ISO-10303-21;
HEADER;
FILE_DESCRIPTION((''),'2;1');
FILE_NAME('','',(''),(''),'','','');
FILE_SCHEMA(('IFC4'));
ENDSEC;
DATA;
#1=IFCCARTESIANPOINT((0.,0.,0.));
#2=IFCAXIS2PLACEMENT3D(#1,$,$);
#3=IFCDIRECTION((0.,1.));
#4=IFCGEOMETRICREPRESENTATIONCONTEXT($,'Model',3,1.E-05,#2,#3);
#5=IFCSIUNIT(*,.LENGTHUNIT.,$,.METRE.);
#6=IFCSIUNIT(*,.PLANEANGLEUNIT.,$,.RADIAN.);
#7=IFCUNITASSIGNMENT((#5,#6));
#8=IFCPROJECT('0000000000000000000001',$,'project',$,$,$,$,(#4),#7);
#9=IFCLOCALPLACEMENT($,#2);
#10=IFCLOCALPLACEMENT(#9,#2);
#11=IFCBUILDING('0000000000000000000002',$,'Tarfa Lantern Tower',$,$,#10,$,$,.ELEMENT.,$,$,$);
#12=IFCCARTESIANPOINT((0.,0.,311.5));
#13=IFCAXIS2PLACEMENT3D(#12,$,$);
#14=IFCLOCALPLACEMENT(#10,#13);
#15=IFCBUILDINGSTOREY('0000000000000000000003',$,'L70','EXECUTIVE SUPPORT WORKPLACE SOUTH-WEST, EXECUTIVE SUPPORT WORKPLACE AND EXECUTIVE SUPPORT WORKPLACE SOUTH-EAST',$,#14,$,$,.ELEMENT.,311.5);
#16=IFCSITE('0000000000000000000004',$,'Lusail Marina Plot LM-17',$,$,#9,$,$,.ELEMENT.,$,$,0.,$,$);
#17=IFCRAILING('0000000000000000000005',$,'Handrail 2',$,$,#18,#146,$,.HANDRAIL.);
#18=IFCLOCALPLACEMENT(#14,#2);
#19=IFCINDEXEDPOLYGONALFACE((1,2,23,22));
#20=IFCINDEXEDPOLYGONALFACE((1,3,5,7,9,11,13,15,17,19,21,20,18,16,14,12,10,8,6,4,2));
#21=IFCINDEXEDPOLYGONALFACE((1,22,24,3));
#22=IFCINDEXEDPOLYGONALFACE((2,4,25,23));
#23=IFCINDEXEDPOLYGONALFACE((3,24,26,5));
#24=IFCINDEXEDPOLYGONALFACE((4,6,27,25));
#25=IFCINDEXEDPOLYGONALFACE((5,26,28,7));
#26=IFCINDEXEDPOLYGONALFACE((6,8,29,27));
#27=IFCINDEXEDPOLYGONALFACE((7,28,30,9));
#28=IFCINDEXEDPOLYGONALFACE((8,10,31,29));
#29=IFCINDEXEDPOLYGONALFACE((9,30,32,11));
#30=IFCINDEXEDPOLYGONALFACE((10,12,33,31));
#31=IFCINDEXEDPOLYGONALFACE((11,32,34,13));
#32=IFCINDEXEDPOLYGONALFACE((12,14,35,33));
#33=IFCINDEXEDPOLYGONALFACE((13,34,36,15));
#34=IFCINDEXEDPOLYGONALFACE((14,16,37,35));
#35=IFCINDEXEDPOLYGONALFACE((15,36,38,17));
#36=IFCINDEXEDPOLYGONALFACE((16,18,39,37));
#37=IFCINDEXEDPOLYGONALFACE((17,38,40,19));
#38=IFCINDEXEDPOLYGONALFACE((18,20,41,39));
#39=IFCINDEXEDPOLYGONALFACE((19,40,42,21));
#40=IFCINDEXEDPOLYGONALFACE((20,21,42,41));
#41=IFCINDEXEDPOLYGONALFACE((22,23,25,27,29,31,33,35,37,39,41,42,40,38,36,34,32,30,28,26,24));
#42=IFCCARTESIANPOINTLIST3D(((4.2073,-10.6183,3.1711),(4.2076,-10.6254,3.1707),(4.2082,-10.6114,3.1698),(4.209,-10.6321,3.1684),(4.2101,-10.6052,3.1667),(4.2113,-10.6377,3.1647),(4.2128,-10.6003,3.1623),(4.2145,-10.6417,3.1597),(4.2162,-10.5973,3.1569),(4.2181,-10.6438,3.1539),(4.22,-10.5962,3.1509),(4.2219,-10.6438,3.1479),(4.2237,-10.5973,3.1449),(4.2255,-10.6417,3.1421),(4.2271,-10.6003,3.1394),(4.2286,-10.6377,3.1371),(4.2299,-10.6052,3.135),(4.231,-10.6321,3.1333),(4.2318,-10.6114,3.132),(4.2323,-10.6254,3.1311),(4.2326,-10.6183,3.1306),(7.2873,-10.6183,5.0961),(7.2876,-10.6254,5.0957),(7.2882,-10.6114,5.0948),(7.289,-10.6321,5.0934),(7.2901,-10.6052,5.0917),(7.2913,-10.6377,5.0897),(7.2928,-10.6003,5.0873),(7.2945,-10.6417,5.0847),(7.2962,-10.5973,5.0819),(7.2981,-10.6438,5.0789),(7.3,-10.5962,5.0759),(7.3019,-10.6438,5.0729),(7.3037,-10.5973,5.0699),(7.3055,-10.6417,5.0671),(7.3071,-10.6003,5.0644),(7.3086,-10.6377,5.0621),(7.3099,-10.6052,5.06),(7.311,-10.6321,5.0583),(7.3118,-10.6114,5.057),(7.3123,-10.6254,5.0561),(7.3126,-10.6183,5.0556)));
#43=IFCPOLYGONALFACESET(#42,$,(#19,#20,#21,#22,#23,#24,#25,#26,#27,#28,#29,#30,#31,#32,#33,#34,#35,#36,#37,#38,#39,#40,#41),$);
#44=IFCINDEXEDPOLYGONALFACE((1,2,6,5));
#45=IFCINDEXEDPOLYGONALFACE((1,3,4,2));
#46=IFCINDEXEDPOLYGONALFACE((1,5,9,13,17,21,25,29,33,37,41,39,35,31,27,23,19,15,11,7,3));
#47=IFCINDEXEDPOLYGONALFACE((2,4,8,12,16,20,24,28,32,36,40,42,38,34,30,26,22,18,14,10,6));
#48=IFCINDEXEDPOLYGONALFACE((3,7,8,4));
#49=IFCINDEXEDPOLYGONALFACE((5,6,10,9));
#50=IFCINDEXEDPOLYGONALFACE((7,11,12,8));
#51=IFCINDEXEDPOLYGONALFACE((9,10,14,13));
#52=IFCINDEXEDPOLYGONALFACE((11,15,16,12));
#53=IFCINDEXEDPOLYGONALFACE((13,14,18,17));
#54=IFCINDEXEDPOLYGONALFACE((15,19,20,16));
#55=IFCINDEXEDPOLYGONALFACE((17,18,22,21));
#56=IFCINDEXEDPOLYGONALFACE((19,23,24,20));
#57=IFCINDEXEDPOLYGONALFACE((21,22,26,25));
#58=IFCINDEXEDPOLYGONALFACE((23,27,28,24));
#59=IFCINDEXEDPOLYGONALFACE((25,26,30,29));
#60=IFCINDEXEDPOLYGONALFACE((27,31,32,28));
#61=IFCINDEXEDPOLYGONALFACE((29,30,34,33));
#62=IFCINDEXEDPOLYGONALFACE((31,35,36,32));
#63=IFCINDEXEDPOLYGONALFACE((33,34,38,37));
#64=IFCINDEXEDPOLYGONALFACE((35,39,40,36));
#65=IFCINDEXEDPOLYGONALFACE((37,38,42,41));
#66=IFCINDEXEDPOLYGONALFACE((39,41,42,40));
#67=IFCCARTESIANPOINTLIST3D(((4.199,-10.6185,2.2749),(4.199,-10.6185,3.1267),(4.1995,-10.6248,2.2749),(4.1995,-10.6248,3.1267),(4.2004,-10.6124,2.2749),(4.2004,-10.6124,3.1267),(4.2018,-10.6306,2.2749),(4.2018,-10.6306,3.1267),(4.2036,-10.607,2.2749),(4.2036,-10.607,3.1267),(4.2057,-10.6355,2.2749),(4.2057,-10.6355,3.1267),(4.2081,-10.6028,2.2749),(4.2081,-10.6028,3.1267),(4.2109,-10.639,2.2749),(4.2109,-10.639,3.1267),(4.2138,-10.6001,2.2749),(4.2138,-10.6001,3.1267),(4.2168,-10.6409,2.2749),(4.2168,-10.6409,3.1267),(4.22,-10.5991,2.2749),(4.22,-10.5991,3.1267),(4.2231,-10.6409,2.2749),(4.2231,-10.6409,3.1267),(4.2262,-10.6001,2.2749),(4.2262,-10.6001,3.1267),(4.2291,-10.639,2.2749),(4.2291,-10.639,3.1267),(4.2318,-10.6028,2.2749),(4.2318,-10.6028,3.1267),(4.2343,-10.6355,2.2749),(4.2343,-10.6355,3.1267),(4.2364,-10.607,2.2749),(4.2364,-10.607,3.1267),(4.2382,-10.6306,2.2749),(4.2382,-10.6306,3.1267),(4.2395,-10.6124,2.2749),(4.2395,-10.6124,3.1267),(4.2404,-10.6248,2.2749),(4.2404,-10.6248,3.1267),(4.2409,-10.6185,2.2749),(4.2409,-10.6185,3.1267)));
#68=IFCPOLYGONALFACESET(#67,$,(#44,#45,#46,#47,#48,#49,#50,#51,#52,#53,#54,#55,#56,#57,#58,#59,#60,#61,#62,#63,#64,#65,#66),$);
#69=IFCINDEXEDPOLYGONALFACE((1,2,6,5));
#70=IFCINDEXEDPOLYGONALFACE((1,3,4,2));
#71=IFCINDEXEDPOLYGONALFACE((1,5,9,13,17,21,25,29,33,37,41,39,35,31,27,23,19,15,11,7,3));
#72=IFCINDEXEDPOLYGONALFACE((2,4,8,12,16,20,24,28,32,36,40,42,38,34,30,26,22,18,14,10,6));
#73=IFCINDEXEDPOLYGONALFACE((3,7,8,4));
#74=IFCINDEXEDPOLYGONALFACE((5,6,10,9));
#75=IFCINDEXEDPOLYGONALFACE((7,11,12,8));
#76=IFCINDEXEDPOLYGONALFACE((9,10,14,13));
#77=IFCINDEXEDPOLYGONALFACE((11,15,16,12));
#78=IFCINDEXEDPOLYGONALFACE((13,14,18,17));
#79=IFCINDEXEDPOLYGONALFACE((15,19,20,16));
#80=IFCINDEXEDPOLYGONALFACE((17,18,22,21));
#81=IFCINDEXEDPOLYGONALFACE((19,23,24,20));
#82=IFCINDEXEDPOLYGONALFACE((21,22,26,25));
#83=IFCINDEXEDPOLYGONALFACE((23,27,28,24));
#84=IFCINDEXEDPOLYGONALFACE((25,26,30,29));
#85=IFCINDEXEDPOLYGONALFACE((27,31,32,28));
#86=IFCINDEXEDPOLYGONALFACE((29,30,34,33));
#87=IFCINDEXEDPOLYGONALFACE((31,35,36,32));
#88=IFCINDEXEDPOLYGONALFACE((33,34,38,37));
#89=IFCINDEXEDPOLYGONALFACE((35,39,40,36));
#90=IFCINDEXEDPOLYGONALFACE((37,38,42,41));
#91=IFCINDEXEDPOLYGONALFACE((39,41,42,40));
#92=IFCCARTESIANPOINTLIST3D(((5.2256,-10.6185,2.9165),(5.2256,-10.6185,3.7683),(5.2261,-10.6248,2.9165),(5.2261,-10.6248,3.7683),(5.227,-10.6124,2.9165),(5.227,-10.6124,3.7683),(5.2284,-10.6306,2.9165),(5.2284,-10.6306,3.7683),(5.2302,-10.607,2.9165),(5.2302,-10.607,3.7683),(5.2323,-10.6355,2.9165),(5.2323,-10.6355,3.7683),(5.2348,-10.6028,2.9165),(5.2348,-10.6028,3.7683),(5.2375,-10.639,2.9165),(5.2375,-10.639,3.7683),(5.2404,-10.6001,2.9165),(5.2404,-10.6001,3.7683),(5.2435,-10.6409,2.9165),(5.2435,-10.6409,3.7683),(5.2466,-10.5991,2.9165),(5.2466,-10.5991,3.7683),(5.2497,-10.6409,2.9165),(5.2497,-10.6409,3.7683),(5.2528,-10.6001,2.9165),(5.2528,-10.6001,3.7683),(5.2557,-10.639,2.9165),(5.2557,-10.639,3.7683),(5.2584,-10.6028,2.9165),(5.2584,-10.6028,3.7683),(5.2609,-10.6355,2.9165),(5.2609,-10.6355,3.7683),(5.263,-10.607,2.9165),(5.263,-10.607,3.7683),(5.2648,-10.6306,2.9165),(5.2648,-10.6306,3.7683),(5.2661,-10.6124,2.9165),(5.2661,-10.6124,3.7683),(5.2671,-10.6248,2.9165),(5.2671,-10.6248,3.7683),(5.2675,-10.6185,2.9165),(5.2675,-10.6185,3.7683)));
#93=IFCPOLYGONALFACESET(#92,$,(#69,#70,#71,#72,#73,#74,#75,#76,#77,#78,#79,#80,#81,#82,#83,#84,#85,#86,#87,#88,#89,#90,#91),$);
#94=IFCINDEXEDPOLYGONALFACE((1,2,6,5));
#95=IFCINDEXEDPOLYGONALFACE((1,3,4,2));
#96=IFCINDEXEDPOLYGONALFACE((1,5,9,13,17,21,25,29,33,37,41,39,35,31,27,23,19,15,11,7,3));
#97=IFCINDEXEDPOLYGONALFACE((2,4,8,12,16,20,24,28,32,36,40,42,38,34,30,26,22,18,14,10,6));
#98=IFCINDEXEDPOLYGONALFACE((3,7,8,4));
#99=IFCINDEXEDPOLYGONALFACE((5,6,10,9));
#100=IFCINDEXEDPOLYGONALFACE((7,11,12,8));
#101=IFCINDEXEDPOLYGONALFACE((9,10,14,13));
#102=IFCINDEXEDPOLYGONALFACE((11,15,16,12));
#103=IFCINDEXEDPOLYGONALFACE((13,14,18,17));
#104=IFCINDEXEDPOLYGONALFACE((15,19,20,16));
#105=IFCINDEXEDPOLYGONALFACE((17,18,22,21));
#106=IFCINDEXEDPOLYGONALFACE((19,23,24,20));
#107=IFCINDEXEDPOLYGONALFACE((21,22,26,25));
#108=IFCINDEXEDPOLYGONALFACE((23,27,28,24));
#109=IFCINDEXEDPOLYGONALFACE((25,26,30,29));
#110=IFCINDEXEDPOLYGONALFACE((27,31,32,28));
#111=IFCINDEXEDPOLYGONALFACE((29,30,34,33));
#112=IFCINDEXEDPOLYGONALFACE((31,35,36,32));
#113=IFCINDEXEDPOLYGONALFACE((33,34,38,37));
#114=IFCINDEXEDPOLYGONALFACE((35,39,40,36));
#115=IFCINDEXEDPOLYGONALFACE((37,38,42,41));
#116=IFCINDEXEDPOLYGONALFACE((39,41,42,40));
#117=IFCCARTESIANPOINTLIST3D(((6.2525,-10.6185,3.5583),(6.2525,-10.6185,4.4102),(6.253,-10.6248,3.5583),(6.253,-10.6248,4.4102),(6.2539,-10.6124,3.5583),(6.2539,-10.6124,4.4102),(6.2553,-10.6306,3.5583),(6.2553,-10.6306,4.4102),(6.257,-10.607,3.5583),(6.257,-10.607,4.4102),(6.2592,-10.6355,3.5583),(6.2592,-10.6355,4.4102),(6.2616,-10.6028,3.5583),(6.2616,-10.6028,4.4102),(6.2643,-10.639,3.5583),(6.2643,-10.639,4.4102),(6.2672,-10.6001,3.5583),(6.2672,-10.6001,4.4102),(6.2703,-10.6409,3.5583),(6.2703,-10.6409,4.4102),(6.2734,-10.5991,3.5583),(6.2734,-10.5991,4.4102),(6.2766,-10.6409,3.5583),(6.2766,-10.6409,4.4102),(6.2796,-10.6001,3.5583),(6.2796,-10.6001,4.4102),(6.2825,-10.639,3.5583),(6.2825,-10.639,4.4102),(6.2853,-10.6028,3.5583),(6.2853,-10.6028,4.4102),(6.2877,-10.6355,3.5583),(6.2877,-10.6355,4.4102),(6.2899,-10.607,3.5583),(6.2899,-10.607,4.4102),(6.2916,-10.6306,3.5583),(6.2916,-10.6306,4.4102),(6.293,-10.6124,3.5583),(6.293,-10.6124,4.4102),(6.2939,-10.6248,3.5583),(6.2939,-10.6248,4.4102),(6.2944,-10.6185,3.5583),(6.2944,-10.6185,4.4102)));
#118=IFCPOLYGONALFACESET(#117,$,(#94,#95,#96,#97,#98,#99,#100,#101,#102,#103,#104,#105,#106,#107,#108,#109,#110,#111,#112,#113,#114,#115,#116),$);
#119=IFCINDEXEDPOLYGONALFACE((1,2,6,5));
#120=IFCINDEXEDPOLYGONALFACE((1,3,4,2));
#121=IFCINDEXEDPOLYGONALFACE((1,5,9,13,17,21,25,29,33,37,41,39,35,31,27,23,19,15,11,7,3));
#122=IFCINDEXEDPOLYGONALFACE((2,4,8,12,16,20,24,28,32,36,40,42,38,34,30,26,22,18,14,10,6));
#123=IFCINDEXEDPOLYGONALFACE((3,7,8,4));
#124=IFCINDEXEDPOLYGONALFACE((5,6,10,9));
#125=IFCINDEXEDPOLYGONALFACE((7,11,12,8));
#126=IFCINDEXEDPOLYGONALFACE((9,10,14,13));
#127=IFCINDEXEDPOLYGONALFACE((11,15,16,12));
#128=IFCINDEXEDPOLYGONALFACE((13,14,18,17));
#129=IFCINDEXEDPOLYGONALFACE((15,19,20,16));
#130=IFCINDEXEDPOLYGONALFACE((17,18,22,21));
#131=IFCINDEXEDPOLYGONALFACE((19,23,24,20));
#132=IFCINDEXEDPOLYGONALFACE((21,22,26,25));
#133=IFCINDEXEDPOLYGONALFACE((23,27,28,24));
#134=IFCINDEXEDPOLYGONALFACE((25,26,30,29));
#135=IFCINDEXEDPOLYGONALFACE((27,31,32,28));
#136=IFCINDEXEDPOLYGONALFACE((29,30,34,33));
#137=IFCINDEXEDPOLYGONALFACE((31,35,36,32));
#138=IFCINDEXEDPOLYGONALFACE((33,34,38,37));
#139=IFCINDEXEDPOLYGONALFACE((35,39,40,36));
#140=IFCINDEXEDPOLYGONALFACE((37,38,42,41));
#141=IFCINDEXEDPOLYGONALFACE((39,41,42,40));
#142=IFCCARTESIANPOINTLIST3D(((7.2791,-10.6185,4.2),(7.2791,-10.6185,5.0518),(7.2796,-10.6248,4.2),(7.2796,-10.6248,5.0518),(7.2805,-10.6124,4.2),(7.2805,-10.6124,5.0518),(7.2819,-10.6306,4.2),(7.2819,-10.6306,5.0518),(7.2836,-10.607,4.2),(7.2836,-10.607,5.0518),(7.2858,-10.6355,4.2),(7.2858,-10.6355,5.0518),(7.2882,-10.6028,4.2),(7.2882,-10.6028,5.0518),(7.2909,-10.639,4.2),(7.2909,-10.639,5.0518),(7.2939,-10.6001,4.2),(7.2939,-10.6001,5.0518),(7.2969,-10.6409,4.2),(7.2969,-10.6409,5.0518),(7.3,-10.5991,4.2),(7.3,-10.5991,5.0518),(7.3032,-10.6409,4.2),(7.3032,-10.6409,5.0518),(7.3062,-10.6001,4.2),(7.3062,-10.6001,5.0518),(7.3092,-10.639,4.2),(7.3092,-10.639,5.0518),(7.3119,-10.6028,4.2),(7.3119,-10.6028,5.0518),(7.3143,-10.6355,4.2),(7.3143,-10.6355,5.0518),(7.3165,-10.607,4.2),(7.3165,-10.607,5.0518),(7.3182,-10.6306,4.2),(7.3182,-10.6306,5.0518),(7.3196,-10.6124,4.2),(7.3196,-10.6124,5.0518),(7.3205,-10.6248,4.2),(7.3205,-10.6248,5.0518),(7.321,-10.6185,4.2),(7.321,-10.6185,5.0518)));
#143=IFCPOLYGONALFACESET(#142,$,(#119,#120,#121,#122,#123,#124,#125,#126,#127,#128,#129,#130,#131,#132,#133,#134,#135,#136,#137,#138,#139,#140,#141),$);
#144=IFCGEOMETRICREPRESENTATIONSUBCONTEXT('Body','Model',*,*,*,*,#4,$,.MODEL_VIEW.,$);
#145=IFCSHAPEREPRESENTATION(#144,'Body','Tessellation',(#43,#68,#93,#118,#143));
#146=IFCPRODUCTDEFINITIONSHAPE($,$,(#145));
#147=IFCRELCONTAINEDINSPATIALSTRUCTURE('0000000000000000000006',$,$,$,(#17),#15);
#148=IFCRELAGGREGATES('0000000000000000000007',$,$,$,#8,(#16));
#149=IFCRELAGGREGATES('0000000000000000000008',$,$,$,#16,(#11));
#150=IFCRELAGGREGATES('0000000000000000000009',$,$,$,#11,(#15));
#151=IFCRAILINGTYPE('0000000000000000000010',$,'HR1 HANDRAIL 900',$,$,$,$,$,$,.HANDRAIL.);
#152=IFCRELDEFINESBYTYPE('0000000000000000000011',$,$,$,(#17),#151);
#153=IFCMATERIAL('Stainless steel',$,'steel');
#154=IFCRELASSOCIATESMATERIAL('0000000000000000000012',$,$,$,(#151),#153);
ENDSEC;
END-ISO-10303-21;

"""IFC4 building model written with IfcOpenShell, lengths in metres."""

from ifc_helpers import new_model, si_unit, direction, frame, origin, origin_2d, place, context, subcontext, project, spatial, circle, extrude, material, type_object, element, save


model = new_model("IFC4")

# Units and contexts
model_context = context("Model", 3, precision=1e-05, world=origin(), true_north=direction((0.0, 1.0)))
body_context = subcontext(model_context, "Body", "Model", "MODEL_VIEW")
ifc_project = project(units=[si_unit("LENGTHUNIT", "METRE"), si_unit("PLANEANGLEUNIT", "RADIAN")], contexts=[model_context])

# Site, building, storey
site_placement = place(None, origin())
site = spatial("IfcSite", under=ifc_project, at=site_placement, Name="Lusail Marina Plot LM-17", CompositionType="ELEMENT", RefElevation=0.0)
building_placement = place(site_placement, origin())
building = spatial("IfcBuilding", under=site, at=building_placement, Name="Tarfa Lantern Tower", CompositionType="ELEMENT")
storey_placement = place(building_placement, frame((0.0, 0.0, 311.5)))
storey = spatial("IfcBuildingStorey", under=building, at=storey_placement, Name="L70", Description="EXECUTIVE SUPPORT WORKPLACE SOUTH-WEST, EXECUTIVE SUPPORT WORKPLACE AND EXECUTIVE SUPPORT WORKPLACE SOUTH-EAST", CompositionType="ELEMENT", Elevation=311.5)

# Railing
ifc_material_1 = material(Name="Stainless steel", Category="steel")
railing_type = type_object("IfcRailingType", Name="HR1 HANDRAIL 900", PredefinedType="HANDRAIL", material=ifc_material_1)
railing_1_placement = place(storey_placement, frame((4.22, -10.6201, 2.2749)))
element("IfcRailing", 1, at=railing_1_placement, inside=storey, type_object=railing_type, Name="Handrail 2", PredefinedType="HANDRAIL", context=body_context, shape_type="SweptSolid", body=[
    extrude(circle(Radius=0.0239, at=origin_2d()), frame((0.0, 0.0, 0.876), z_axis=(0.847998, 0.0, 0.529999), x_axis=(0.0, 1.0, 0.0)), (0.0, 0.0, 1.0), 3.6321),
    extrude(circle(Radius=0.021, at=origin_2d()), frame((0.0, 0.0, 0.0), z_axis=(0.0, 0.0, 1.0), x_axis=(0.0, 1.0, 0.0)), (0.0, 0.0, 1.0), 0.8518),
    extrude(circle(Radius=0.021, at=origin_2d()), frame((1.0266, 0.0, 0.6416), z_axis=(0.0, 0.0, 1.0), x_axis=(0.0, 1.0, 0.0)), (0.0, 0.0, 1.0), 0.8518),
    extrude(circle(Radius=0.021, at=origin_2d()), frame((2.0535, 0.0, 1.2834), z_axis=(0.0, 0.0, 1.0), x_axis=(0.0, 1.0, 0.0)), (0.0, 0.0, 1.0), 0.8518),
    extrude(circle(Radius=0.021, at=origin_2d()), frame((3.0801, 0.0, 1.925), z_axis=(0.0, 0.0, 1.0), x_axis=(0.0, 1.0, 0.0)), (0.0, 0.0, 1.0), 0.8518),
])

save(model, "model.ifc")
